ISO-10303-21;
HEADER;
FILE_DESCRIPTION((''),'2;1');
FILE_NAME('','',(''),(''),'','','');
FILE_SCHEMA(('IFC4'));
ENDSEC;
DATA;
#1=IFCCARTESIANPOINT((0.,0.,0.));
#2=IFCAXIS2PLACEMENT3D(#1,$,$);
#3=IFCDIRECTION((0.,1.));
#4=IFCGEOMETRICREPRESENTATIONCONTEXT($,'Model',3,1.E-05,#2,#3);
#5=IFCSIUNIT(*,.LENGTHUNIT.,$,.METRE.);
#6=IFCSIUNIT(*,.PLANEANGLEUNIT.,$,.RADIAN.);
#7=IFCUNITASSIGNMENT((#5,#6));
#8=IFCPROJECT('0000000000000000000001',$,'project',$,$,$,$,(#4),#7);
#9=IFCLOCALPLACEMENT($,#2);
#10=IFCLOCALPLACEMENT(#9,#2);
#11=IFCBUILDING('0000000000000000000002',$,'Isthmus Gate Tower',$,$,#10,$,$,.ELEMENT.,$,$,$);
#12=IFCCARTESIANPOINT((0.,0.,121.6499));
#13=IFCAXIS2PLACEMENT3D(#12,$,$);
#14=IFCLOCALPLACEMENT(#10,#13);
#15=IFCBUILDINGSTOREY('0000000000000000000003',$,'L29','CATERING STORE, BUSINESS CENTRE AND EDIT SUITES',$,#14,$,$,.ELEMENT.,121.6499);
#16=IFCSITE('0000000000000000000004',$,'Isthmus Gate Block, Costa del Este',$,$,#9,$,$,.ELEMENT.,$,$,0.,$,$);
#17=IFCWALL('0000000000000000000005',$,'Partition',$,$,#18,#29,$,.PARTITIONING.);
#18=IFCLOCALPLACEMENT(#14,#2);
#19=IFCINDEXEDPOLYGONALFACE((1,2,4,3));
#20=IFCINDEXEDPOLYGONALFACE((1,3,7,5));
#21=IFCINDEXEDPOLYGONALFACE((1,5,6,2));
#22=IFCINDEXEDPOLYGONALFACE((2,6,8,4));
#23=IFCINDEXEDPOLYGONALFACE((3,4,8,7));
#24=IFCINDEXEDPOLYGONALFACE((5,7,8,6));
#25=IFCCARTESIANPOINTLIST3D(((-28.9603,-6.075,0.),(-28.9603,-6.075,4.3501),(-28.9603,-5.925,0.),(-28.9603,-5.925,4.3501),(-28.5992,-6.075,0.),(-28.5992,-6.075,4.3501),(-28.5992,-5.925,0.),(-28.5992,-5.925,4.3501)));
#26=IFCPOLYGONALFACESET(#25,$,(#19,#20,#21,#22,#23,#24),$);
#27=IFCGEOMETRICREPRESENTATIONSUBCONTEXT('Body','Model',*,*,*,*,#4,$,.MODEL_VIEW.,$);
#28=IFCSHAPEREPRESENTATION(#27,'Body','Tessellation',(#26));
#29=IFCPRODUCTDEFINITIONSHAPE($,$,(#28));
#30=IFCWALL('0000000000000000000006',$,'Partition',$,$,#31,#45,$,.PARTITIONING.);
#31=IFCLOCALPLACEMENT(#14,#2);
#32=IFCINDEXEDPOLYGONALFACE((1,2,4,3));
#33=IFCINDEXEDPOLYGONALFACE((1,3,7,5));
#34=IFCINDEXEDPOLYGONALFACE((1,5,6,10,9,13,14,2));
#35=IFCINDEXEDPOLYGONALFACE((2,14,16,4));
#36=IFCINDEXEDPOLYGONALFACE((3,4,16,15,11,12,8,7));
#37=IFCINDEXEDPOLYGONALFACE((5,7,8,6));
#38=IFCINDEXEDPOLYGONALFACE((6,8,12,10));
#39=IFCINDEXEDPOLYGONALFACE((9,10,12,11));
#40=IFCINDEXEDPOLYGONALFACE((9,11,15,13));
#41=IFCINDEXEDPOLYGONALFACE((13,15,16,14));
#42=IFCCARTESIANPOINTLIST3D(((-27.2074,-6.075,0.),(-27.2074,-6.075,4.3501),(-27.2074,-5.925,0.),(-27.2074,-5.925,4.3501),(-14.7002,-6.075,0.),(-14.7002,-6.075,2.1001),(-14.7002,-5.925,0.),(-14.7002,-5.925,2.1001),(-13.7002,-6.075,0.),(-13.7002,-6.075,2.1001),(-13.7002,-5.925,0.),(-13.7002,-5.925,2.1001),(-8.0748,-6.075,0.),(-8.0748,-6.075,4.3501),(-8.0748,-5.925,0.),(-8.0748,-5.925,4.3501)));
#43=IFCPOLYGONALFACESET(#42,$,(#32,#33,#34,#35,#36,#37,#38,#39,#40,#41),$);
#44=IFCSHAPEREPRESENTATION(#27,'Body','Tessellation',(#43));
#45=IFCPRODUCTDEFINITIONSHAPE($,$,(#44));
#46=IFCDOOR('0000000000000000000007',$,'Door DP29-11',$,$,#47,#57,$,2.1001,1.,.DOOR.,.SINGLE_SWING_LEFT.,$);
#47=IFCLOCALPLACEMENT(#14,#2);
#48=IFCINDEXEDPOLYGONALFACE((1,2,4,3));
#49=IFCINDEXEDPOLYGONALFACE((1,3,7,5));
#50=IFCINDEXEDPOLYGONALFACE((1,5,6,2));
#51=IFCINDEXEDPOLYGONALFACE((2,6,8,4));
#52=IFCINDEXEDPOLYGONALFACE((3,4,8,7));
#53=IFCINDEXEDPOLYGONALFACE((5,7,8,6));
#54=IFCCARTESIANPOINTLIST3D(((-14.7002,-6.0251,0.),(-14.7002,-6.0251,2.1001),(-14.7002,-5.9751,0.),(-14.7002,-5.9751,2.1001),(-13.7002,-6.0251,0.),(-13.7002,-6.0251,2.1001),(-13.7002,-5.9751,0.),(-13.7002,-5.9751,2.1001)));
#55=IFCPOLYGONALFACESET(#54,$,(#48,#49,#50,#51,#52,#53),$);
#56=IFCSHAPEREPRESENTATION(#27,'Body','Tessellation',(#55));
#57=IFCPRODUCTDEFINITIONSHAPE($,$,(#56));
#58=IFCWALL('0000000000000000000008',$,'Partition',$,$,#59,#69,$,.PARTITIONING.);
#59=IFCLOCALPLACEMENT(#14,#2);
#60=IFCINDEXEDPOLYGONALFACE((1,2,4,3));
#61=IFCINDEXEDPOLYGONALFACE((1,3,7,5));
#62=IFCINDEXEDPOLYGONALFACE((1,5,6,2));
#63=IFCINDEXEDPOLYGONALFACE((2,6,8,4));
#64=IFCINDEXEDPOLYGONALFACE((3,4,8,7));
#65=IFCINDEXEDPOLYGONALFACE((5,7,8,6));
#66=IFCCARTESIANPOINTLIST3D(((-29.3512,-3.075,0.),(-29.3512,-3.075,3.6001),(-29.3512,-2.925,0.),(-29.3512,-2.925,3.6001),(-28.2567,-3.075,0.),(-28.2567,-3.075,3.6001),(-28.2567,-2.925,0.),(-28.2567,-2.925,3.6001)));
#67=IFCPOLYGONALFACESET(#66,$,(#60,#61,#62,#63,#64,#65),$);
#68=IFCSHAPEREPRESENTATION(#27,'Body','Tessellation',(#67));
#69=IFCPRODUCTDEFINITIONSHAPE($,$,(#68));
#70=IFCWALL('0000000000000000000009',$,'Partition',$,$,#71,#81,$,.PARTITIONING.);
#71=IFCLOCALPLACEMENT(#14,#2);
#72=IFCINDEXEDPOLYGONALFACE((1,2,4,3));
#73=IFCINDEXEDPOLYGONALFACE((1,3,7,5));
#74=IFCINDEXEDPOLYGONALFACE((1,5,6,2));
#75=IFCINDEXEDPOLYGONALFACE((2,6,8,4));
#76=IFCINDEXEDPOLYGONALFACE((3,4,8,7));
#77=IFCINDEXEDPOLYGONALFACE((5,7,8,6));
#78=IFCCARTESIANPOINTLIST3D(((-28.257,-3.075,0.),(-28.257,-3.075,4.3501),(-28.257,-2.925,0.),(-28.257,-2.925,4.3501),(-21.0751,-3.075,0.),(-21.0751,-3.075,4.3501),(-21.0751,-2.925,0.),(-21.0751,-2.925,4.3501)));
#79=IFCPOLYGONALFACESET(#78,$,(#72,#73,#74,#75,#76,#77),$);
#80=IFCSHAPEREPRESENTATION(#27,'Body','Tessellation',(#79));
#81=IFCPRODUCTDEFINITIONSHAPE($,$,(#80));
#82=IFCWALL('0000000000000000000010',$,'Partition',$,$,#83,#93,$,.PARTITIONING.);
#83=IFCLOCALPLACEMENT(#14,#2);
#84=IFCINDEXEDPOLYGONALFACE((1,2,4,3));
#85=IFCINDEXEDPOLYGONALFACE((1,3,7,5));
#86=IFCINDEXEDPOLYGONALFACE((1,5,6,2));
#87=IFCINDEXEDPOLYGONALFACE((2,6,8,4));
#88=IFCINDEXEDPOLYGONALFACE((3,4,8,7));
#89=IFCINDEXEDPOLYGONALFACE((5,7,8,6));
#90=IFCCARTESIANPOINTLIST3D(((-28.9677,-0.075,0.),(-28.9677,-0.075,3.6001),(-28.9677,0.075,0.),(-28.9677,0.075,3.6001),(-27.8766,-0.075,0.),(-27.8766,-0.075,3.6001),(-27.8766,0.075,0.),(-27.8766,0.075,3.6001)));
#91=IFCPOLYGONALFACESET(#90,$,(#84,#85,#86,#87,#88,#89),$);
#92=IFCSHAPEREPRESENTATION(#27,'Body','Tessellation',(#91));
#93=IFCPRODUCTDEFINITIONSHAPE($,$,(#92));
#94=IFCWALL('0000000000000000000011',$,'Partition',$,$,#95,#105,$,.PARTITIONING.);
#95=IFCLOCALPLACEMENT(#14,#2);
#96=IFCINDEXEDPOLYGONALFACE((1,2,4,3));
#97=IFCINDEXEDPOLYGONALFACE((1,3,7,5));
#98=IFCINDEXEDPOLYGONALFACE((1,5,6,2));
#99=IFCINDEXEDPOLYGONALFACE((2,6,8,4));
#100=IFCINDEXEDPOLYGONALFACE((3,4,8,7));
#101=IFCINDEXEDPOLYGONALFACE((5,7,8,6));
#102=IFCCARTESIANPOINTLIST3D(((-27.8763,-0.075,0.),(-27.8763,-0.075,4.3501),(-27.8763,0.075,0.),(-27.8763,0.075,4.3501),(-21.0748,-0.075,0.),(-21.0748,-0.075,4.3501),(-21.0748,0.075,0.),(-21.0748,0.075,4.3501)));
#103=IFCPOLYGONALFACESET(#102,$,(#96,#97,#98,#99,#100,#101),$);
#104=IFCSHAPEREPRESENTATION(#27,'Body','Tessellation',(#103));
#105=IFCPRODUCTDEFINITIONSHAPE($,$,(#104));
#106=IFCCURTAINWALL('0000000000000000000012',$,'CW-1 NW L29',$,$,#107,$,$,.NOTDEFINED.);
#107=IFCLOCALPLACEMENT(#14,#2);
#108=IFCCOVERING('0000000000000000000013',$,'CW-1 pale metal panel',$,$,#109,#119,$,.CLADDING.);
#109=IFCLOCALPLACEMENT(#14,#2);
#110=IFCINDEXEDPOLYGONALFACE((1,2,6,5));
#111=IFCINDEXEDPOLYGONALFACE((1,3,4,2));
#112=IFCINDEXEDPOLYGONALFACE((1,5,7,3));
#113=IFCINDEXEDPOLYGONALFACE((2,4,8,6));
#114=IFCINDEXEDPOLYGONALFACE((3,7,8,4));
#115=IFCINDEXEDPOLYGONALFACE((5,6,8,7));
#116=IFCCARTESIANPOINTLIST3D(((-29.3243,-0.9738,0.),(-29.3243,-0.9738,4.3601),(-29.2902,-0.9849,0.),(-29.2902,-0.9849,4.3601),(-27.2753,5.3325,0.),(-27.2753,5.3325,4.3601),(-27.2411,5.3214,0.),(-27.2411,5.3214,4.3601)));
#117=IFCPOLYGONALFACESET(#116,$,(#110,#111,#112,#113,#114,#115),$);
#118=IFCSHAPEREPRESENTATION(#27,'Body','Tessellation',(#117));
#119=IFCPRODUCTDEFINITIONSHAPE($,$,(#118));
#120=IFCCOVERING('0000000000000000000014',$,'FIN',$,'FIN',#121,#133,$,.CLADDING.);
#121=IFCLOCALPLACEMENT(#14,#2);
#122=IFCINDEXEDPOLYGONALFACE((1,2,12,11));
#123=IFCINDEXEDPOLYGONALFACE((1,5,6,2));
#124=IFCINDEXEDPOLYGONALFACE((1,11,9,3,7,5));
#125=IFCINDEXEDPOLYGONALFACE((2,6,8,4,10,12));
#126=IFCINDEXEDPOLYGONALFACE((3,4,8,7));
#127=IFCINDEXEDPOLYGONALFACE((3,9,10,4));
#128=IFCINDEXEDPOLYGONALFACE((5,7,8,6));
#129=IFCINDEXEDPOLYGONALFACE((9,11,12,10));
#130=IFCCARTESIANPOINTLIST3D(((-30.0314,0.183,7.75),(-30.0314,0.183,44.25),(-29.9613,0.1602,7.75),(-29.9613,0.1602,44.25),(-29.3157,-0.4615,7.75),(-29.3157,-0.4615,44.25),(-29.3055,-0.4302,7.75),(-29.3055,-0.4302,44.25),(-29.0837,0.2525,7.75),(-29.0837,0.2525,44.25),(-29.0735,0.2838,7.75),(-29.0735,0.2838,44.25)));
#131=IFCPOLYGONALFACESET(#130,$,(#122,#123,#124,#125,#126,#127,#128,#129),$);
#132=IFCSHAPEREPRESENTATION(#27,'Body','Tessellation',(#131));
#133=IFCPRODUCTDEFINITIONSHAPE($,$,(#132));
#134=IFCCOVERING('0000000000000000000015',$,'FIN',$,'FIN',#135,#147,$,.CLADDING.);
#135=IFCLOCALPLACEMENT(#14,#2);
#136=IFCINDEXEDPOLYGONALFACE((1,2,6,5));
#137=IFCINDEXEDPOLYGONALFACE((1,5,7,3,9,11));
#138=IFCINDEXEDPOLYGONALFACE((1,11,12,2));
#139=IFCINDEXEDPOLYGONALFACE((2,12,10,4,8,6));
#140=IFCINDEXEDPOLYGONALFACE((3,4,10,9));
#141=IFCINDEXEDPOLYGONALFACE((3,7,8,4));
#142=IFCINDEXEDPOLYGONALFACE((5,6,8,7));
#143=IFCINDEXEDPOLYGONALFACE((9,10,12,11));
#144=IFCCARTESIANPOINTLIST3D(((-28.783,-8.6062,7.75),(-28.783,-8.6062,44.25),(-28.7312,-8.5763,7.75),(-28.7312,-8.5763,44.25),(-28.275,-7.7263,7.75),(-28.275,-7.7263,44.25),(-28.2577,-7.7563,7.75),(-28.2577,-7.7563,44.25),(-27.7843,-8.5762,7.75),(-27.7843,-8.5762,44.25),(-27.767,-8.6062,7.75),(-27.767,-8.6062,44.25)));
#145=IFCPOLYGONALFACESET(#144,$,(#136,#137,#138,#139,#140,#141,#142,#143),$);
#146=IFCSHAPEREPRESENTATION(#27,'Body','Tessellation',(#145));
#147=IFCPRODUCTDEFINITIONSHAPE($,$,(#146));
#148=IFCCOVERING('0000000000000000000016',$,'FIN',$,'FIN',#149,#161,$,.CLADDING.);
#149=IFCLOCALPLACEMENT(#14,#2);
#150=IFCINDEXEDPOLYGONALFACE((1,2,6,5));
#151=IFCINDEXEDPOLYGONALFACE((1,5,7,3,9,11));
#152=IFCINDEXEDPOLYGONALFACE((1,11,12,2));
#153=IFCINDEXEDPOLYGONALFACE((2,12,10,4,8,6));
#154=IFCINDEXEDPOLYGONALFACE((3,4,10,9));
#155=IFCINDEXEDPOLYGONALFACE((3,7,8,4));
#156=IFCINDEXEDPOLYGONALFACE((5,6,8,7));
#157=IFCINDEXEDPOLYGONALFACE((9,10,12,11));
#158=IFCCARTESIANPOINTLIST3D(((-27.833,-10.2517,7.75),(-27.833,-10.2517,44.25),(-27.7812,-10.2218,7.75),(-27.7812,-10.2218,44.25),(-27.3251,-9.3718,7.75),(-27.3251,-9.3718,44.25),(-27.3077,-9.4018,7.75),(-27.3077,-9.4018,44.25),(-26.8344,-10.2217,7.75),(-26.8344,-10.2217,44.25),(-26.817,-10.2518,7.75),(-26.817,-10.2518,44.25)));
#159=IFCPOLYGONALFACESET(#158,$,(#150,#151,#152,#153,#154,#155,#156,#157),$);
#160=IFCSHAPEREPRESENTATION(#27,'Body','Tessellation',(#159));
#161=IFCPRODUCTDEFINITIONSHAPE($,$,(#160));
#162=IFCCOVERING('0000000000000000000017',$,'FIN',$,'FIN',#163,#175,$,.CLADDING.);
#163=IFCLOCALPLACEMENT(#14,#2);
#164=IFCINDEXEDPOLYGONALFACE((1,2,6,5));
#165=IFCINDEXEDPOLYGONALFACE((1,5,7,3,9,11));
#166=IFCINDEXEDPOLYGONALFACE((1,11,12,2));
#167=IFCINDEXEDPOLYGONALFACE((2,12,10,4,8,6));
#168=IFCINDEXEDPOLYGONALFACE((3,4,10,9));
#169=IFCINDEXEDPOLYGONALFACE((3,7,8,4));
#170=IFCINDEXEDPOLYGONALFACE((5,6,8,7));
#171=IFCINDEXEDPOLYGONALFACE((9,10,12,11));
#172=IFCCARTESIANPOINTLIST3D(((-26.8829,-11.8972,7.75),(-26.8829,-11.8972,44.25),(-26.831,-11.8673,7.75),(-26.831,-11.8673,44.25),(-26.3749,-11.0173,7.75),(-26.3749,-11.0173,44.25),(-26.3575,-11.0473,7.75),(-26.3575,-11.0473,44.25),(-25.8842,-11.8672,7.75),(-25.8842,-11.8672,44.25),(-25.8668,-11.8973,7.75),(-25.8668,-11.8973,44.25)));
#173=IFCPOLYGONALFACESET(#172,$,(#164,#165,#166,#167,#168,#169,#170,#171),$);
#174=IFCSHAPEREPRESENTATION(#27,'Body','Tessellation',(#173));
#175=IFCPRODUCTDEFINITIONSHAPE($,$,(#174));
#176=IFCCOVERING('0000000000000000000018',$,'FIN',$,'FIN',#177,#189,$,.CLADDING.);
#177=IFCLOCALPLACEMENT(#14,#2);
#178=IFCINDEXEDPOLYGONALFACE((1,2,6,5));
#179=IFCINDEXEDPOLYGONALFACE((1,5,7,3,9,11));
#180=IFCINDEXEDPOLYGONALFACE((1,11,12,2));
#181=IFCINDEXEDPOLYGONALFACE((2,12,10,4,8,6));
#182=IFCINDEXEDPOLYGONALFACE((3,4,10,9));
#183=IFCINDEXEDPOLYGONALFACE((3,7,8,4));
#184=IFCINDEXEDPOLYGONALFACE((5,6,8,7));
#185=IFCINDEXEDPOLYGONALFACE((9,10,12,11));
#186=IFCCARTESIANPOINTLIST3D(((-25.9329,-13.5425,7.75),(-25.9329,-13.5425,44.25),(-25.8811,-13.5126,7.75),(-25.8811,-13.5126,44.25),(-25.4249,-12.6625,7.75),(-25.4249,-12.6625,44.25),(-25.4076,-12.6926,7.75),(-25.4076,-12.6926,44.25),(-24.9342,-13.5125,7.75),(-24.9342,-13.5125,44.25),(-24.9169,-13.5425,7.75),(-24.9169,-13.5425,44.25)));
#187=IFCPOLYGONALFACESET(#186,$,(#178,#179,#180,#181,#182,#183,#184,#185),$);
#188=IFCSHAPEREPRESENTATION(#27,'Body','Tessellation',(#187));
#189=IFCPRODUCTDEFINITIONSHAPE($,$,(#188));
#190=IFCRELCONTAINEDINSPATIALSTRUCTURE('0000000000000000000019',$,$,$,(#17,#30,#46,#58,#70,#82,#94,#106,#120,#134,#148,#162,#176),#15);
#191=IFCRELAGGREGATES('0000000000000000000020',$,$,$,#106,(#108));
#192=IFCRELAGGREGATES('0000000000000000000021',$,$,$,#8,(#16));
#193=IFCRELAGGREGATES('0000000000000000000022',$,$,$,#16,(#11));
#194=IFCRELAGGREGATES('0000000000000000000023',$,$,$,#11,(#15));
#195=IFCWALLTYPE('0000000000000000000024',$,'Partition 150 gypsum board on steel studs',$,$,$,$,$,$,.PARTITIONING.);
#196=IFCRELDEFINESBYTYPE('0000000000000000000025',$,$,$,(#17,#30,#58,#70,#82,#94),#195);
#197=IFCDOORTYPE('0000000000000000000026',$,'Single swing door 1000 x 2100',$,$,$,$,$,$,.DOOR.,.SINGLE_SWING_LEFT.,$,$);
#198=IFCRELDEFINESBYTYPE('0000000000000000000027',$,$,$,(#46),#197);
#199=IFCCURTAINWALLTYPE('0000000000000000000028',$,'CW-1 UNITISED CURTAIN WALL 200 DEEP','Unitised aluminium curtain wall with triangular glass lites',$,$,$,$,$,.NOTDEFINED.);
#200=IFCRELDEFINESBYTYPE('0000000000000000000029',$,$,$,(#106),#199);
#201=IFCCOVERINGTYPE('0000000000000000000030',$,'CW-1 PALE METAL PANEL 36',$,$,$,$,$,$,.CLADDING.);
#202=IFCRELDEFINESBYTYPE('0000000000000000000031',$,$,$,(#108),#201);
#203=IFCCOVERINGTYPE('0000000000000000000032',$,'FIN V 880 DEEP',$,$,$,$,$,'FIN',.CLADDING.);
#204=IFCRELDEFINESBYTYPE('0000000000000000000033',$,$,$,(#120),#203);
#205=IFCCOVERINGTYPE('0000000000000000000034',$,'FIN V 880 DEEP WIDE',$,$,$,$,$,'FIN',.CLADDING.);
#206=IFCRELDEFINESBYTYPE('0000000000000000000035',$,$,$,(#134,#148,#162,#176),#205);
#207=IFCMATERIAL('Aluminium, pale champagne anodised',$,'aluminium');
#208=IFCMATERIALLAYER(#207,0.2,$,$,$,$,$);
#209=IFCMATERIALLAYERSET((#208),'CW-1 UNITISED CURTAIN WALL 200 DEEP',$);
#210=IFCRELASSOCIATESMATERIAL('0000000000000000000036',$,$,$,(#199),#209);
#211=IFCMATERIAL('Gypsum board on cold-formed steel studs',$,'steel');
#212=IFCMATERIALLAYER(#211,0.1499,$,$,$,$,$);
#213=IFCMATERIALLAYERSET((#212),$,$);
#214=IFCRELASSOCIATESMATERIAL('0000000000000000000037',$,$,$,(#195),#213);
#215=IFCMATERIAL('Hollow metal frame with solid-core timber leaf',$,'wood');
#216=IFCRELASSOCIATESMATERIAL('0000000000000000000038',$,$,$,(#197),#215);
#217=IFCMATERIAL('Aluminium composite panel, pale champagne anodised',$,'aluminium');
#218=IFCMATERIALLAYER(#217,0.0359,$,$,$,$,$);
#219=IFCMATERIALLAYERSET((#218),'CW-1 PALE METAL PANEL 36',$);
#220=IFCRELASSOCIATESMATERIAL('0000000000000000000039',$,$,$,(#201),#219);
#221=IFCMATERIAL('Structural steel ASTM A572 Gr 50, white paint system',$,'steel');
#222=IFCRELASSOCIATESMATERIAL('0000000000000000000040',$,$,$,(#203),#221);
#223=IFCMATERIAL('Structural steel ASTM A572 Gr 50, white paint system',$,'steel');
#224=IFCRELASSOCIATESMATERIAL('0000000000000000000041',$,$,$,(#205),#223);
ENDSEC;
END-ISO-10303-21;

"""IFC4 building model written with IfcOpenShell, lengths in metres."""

from ifc_helpers import new_model, si_unit, direction, frame, frame_2d, origin, origin_2d, place, context, subcontext, project, spatial, polyline, rectangle, outline, extrude, material, layer, layer_set, material_profile, profile_set, type_object, element, fill, aggregate, save


model = new_model("IFC4")

# Units and contexts
model_context = context("Model", 3, precision=1e-05, world=origin(), true_north=direction((0.0, 1.0)))
body_context = subcontext(model_context, "Body", "Model", "MODEL_VIEW")
ifc_project = project(units=[si_unit("LENGTHUNIT", "METRE"), si_unit("PLANEANGLEUNIT", "RADIAN")], contexts=[model_context])

# Site, building, storey
site_placement = place(None, origin())
site = spatial("IfcSite", under=ifc_project, at=site_placement, Name="Isthmus Gate Block, Costa del Este", CompositionType="ELEMENT", RefElevation=0.0)
building_placement = place(site_placement, origin())
building = spatial("IfcBuilding", under=site, at=building_placement, Name="Isthmus Gate Tower", CompositionType="ELEMENT")
storey_placement = place(building_placement, frame((0.0, 0.0, 121.6499)))
storey = spatial("IfcBuildingStorey", under=building, at=storey_placement, Name="L29", Description="CATERING STORE, BUSINESS CENTRE AND EDIT SUITES", CompositionType="ELEMENT", Elevation=121.6499)

# Shared definitions
ifc_material_1 = material(Name="Aluminium, pale champagne anodised", Category="aluminium")
ifc_layer_1 = layer(ifc_material_1, 0.2)
ifc_layer_set_1 = layer_set([ifc_layer_1], Name="CW-1 UNITISED CURTAIN WALL 200 DEEP")
curtain_wall_type = type_object("IfcCurtainWallType", Name="CW-1 UNITISED CURTAIN WALL 200 DEEP", Description="Unitised aluminium curtain wall with triangular glass lites", PredefinedType="NOTDEFINED", material=ifc_layer_set_1)

# Wall
ifc_material_2 = material(Name="Gypsum board on cold-formed steel studs", Category="steel")
ifc_layer_2 = layer(ifc_material_2, 0.1499)
ifc_layer_set_2 = layer_set([ifc_layer_2])
wall_type = type_object("IfcWallType", Name="Partition 150 gypsum board on steel studs", PredefinedType="PARTITIONING", material=ifc_layer_set_2)
wall_1_placement = place(storey_placement, frame((-28.9604, -6.0, 0.0), z_axis=(0.0, 0.0, 1.0), x_axis=(1.0, 0.0, 0.0)))
element("IfcWall", 1, at=wall_1_placement, inside=storey, type_object=wall_type, Name="Partition", PredefinedType="PARTITIONING", context=body_context, shape_type="SweptSolid", body=[
    extrude(rectangle(XDim=0.3611, YDim=0.1499, at=frame_2d((0.1807, 0.0))), origin(), (0.0, 0.0, 1.0), 4.3501),
])

# Wall, opening, door
wall_2_placement = place(storey_placement, frame((-27.2075, -6.0, 0.0), z_axis=(0.0, 0.0, 1.0), x_axis=(1.0, 0.0, 0.0)))
wall_2 = element("IfcWall", 2, at=wall_2_placement, inside=storey, type_object=wall_type, Name="Partition", PredefinedType="PARTITIONING", context=body_context, shape_type="SweptSolid", body=[
    extrude(rectangle(XDim=19.1326, YDim=0.1499, at=frame_2d((9.5664, 0.0))), origin(), (0.0, 0.0, 1.0), 4.3501),
])
opening_placement = place(wall_2_placement, frame((12.5073, 0.0, 0.0)))
opening = element("IfcOpeningElement", 3, at=opening_placement, cuts=wall_2, PredefinedType="OPENING", context=body_context, shape_type="SweptSolid", body=[
    extrude(rectangle(XDim=1.0, YDim=2.1001, at=frame_2d((0.5, 1.05))), frame((0.0, 0.085, 0.0), z_axis=(0.0, -1.0, 0.0), x_axis=(1.0, 0.0, 0.0)), (0.0, 0.0, 1.0), 0.1699),
])
ifc_material_3 = material(Name="Hollow metal frame with solid-core timber leaf", Category="wood")
door_type = type_object("IfcDoorType", Name="Single swing door 1000 x 2100", OperationType="SINGLE_SWING_LEFT", PredefinedType="DOOR", material=ifc_material_3)
door_placement = place(opening_placement, origin())
door = element("IfcDoor", 4, at=door_placement, inside=storey, type_object=door_type, Name="Door DP29-11", OperationType="SINGLE_SWING_LEFT", OverallHeight=2.1001, OverallWidth=1.0, PredefinedType="DOOR", context=body_context, shape_type="SweptSolid", body=[
    extrude(rectangle(XDim=1.0, YDim=2.1001, at=frame_2d((0.5, 1.05))), frame((0.0, 0.0249, 0.0), z_axis=(0.0, -1.0, 0.0), x_axis=(1.0, 0.0, 0.0)), (0.0, 0.0, 1.0), 0.05),
])
fill(opening, door)

# Walls
wall_3_placement = place(storey_placement, frame((-29.3513, -3.0, 0.0), z_axis=(0.0, 0.0, 1.0), x_axis=(1.0, 0.0, 0.0)))
element("IfcWall", 5, at=wall_3_placement, inside=storey, type_object=wall_type, Name="Partition", PredefinedType="PARTITIONING", context=body_context, shape_type="SweptSolid", body=[
    extrude(rectangle(XDim=1.0945, YDim=0.1499, at=frame_2d((0.5474, 0.0))), origin(), (0.0, 0.0, 1.0), 3.6001),
])
wall_4_placement = place(storey_placement, frame((-28.2568, -3.0, 0.0), z_axis=(0.0, 0.0, 1.0), x_axis=(1.0, 0.0, 0.0)))
element("IfcWall", 6, at=wall_4_placement, inside=storey, type_object=wall_type, Name="Partition", PredefinedType="PARTITIONING", context=body_context, shape_type="SweptSolid", body=[
    extrude(rectangle(XDim=7.1819, YDim=0.1499, at=frame_2d((3.5908, 0.0))), origin(), (0.0, 0.0, 1.0), 4.3501),
])
wall_5_placement = place(storey_placement, frame((-28.9675, 0.0, 0.0), z_axis=(0.0, 0.0, 1.0), x_axis=(1.0, 0.0, 0.0)))
element("IfcWall", 7, at=wall_5_placement, inside=storey, type_object=wall_type, Name="Partition", PredefinedType="PARTITIONING", context=body_context, shape_type="SweptSolid", body=[
    extrude(rectangle(XDim=1.0911, YDim=0.1499, at=frame_2d((0.5454, 0.0))), origin(), (0.0, 0.0, 1.0), 3.6001),
])
wall_6_placement = place(storey_placement, frame((-27.8765, 0.0, 0.0), z_axis=(0.0, 0.0, 1.0), x_axis=(1.0, 0.0, 0.0)))
element("IfcWall", 8, at=wall_6_placement, inside=storey, type_object=wall_type, Name="Partition", PredefinedType="PARTITIONING", context=body_context, shape_type="SweptSolid", body=[
    extrude(rectangle(XDim=6.8015, YDim=0.1499, at=frame_2d((3.4009, 0.0))), origin(), (0.0, 0.0, 1.0), 4.3501),
])

# Curtain wall, covering
curtain_wall_1_placement = place(storey_placement, origin())
curtain_wall_1 = element("IfcCurtainWall", 9, at=curtain_wall_1_placement, inside=storey, type_object=curtain_wall_type, Name="CW-1 NW L29", PredefinedType="NOTDEFINED")
ifc_material_4 = material(Name="Aluminium composite panel, pale champagne anodised", Category="aluminium")
ifc_layer_3 = layer(ifc_material_4, 0.0359)
ifc_layer_set_3 = layer_set([ifc_layer_3], Name="CW-1 PALE METAL PANEL 36")
covering_type_1 = type_object("IfcCoveringType", Name="CW-1 PALE METAL PANEL 36", PredefinedType="CLADDING", material=ifc_layer_set_3)
covering_placement = place(storey_placement, frame((-28.2827, 2.1738, 0.0), z_axis=(0.0, 0.0, 1.0), x_axis=(-0.309017, -0.951057, 0.0)))
covering = element("IfcCovering", 10, at=covering_placement, type_object=covering_type_1, Name="CW-1 pale metal panel", PredefinedType="CLADDING", context=body_context, shape_type="SweptSolid", body=[
    extrude(rectangle(XDim=6.6309, YDim=0.0359, at=origin_2d()), origin(), (0.0, 0.0, 1.0), 4.3601),
])
aggregate(curtain_wall_1, [covering])

# Coverings
ifc_material_5 = material(Name="Structural steel ASTM A572 Gr 50, white paint system", Category="steel")
ifc_material_profile_1 = material_profile(ifc_material_5, outline(polyline([(0.0, -0.3918), (0.8799, 0.0), (0.0, 0.3918), (0.0, 0.3589), (0.8062, 0.0), (0.0, -0.3589), (0.0, -0.3918)])), Name="V880")
ifc_profile_set_1 = profile_set([ifc_material_profile_1], Name="Structural steel ASTM A572 Gr 50, white paint system")
covering_type_2 = type_object("IfcCoveringType", Name="FIN V 880 DEEP", ElementType="FIN", PredefinedType="CLADDING", material=ifc_profile_set_1)
for number, where, z_axis, x_axis, name in (
    (11, (-29.1946, -0.0889, 7.75), (0.0, 0.0, 1.0), (-0.951057, 0.309017, 0.0), "FIN"),
):
    element("IfcCovering", number, at=place(storey_placement, frame(where, z_axis=z_axis, x_axis=x_axis)), inside=storey, type_object=covering_type_2, Name=name, ObjectType="FIN", PredefinedType="CLADDING", context=body_context, shape_type="SweptSolid", body=[
        extrude(outline(polyline([(0.0, -0.3918), (0.8799, 0.0), (0.0, 0.3918), (0.0, 0.3589), (0.8062, 0.0), (0.0, -0.3589), (0.0, -0.3918)])), origin(), (0.0, 0.0, 1.0), 36.5),
    ])
ifc_material_6 = material(Name="Structural steel ASTM A572 Gr 50, white paint system", Category="steel")
ifc_material_profile_2 = material_profile(ifc_material_6, outline(polyline([(0.0, -0.5081), (0.8799, 0.0), (0.0, 0.5081), (0.0, 0.4734), (0.8201, 0.0), (0.0, -0.4734), (0.0, -0.5081)])), Name="V880W")
ifc_profile_set_2 = profile_set([ifc_material_profile_2], Name="Structural steel ASTM A572 Gr 50, white paint system")
covering_type_3 = type_object("IfcCoveringType", Name="FIN V 880 DEEP WIDE", ElementType="FIN", PredefinedType="CLADDING", material=ifc_profile_set_2)
for number, where, z_axis, x_axis, name in (
    (12, (-28.021, -8.1663, 7.75), (0.0, 0.0, 1.0), (-0.866025, -0.5, 0.0), "FIN"),
    (13, (-27.071, -9.8118, 7.75), (0.0, 0.0, 1.0), (-0.866025, -0.5, 0.0), "FIN"),
    (14, (-26.1208, -11.4573, 7.75), (0.0, 0.0, 1.0), (-0.866025, -0.5, 0.0), "FIN"),
    (15, (-25.1709, -13.1025, 7.75), (0.0, 0.0, 1.0), (-0.866025, -0.5, 0.0), "FIN"),
):
    element("IfcCovering", number, at=place(storey_placement, frame(where, z_axis=z_axis, x_axis=x_axis)), inside=storey, type_object=covering_type_3, Name=name, ObjectType="FIN", PredefinedType="CLADDING", context=body_context, shape_type="SweptSolid", body=[
        extrude(outline(polyline([(0.0, -0.5081), (0.8799, 0.0), (0.0, 0.5081), (0.0, 0.4734), (0.8201, 0.0), (0.0, -0.4734), (0.0, -0.5081)])), origin(), (0.0, 0.0, 1.0), 36.5),
    ])

save(model, "model.ifc")
